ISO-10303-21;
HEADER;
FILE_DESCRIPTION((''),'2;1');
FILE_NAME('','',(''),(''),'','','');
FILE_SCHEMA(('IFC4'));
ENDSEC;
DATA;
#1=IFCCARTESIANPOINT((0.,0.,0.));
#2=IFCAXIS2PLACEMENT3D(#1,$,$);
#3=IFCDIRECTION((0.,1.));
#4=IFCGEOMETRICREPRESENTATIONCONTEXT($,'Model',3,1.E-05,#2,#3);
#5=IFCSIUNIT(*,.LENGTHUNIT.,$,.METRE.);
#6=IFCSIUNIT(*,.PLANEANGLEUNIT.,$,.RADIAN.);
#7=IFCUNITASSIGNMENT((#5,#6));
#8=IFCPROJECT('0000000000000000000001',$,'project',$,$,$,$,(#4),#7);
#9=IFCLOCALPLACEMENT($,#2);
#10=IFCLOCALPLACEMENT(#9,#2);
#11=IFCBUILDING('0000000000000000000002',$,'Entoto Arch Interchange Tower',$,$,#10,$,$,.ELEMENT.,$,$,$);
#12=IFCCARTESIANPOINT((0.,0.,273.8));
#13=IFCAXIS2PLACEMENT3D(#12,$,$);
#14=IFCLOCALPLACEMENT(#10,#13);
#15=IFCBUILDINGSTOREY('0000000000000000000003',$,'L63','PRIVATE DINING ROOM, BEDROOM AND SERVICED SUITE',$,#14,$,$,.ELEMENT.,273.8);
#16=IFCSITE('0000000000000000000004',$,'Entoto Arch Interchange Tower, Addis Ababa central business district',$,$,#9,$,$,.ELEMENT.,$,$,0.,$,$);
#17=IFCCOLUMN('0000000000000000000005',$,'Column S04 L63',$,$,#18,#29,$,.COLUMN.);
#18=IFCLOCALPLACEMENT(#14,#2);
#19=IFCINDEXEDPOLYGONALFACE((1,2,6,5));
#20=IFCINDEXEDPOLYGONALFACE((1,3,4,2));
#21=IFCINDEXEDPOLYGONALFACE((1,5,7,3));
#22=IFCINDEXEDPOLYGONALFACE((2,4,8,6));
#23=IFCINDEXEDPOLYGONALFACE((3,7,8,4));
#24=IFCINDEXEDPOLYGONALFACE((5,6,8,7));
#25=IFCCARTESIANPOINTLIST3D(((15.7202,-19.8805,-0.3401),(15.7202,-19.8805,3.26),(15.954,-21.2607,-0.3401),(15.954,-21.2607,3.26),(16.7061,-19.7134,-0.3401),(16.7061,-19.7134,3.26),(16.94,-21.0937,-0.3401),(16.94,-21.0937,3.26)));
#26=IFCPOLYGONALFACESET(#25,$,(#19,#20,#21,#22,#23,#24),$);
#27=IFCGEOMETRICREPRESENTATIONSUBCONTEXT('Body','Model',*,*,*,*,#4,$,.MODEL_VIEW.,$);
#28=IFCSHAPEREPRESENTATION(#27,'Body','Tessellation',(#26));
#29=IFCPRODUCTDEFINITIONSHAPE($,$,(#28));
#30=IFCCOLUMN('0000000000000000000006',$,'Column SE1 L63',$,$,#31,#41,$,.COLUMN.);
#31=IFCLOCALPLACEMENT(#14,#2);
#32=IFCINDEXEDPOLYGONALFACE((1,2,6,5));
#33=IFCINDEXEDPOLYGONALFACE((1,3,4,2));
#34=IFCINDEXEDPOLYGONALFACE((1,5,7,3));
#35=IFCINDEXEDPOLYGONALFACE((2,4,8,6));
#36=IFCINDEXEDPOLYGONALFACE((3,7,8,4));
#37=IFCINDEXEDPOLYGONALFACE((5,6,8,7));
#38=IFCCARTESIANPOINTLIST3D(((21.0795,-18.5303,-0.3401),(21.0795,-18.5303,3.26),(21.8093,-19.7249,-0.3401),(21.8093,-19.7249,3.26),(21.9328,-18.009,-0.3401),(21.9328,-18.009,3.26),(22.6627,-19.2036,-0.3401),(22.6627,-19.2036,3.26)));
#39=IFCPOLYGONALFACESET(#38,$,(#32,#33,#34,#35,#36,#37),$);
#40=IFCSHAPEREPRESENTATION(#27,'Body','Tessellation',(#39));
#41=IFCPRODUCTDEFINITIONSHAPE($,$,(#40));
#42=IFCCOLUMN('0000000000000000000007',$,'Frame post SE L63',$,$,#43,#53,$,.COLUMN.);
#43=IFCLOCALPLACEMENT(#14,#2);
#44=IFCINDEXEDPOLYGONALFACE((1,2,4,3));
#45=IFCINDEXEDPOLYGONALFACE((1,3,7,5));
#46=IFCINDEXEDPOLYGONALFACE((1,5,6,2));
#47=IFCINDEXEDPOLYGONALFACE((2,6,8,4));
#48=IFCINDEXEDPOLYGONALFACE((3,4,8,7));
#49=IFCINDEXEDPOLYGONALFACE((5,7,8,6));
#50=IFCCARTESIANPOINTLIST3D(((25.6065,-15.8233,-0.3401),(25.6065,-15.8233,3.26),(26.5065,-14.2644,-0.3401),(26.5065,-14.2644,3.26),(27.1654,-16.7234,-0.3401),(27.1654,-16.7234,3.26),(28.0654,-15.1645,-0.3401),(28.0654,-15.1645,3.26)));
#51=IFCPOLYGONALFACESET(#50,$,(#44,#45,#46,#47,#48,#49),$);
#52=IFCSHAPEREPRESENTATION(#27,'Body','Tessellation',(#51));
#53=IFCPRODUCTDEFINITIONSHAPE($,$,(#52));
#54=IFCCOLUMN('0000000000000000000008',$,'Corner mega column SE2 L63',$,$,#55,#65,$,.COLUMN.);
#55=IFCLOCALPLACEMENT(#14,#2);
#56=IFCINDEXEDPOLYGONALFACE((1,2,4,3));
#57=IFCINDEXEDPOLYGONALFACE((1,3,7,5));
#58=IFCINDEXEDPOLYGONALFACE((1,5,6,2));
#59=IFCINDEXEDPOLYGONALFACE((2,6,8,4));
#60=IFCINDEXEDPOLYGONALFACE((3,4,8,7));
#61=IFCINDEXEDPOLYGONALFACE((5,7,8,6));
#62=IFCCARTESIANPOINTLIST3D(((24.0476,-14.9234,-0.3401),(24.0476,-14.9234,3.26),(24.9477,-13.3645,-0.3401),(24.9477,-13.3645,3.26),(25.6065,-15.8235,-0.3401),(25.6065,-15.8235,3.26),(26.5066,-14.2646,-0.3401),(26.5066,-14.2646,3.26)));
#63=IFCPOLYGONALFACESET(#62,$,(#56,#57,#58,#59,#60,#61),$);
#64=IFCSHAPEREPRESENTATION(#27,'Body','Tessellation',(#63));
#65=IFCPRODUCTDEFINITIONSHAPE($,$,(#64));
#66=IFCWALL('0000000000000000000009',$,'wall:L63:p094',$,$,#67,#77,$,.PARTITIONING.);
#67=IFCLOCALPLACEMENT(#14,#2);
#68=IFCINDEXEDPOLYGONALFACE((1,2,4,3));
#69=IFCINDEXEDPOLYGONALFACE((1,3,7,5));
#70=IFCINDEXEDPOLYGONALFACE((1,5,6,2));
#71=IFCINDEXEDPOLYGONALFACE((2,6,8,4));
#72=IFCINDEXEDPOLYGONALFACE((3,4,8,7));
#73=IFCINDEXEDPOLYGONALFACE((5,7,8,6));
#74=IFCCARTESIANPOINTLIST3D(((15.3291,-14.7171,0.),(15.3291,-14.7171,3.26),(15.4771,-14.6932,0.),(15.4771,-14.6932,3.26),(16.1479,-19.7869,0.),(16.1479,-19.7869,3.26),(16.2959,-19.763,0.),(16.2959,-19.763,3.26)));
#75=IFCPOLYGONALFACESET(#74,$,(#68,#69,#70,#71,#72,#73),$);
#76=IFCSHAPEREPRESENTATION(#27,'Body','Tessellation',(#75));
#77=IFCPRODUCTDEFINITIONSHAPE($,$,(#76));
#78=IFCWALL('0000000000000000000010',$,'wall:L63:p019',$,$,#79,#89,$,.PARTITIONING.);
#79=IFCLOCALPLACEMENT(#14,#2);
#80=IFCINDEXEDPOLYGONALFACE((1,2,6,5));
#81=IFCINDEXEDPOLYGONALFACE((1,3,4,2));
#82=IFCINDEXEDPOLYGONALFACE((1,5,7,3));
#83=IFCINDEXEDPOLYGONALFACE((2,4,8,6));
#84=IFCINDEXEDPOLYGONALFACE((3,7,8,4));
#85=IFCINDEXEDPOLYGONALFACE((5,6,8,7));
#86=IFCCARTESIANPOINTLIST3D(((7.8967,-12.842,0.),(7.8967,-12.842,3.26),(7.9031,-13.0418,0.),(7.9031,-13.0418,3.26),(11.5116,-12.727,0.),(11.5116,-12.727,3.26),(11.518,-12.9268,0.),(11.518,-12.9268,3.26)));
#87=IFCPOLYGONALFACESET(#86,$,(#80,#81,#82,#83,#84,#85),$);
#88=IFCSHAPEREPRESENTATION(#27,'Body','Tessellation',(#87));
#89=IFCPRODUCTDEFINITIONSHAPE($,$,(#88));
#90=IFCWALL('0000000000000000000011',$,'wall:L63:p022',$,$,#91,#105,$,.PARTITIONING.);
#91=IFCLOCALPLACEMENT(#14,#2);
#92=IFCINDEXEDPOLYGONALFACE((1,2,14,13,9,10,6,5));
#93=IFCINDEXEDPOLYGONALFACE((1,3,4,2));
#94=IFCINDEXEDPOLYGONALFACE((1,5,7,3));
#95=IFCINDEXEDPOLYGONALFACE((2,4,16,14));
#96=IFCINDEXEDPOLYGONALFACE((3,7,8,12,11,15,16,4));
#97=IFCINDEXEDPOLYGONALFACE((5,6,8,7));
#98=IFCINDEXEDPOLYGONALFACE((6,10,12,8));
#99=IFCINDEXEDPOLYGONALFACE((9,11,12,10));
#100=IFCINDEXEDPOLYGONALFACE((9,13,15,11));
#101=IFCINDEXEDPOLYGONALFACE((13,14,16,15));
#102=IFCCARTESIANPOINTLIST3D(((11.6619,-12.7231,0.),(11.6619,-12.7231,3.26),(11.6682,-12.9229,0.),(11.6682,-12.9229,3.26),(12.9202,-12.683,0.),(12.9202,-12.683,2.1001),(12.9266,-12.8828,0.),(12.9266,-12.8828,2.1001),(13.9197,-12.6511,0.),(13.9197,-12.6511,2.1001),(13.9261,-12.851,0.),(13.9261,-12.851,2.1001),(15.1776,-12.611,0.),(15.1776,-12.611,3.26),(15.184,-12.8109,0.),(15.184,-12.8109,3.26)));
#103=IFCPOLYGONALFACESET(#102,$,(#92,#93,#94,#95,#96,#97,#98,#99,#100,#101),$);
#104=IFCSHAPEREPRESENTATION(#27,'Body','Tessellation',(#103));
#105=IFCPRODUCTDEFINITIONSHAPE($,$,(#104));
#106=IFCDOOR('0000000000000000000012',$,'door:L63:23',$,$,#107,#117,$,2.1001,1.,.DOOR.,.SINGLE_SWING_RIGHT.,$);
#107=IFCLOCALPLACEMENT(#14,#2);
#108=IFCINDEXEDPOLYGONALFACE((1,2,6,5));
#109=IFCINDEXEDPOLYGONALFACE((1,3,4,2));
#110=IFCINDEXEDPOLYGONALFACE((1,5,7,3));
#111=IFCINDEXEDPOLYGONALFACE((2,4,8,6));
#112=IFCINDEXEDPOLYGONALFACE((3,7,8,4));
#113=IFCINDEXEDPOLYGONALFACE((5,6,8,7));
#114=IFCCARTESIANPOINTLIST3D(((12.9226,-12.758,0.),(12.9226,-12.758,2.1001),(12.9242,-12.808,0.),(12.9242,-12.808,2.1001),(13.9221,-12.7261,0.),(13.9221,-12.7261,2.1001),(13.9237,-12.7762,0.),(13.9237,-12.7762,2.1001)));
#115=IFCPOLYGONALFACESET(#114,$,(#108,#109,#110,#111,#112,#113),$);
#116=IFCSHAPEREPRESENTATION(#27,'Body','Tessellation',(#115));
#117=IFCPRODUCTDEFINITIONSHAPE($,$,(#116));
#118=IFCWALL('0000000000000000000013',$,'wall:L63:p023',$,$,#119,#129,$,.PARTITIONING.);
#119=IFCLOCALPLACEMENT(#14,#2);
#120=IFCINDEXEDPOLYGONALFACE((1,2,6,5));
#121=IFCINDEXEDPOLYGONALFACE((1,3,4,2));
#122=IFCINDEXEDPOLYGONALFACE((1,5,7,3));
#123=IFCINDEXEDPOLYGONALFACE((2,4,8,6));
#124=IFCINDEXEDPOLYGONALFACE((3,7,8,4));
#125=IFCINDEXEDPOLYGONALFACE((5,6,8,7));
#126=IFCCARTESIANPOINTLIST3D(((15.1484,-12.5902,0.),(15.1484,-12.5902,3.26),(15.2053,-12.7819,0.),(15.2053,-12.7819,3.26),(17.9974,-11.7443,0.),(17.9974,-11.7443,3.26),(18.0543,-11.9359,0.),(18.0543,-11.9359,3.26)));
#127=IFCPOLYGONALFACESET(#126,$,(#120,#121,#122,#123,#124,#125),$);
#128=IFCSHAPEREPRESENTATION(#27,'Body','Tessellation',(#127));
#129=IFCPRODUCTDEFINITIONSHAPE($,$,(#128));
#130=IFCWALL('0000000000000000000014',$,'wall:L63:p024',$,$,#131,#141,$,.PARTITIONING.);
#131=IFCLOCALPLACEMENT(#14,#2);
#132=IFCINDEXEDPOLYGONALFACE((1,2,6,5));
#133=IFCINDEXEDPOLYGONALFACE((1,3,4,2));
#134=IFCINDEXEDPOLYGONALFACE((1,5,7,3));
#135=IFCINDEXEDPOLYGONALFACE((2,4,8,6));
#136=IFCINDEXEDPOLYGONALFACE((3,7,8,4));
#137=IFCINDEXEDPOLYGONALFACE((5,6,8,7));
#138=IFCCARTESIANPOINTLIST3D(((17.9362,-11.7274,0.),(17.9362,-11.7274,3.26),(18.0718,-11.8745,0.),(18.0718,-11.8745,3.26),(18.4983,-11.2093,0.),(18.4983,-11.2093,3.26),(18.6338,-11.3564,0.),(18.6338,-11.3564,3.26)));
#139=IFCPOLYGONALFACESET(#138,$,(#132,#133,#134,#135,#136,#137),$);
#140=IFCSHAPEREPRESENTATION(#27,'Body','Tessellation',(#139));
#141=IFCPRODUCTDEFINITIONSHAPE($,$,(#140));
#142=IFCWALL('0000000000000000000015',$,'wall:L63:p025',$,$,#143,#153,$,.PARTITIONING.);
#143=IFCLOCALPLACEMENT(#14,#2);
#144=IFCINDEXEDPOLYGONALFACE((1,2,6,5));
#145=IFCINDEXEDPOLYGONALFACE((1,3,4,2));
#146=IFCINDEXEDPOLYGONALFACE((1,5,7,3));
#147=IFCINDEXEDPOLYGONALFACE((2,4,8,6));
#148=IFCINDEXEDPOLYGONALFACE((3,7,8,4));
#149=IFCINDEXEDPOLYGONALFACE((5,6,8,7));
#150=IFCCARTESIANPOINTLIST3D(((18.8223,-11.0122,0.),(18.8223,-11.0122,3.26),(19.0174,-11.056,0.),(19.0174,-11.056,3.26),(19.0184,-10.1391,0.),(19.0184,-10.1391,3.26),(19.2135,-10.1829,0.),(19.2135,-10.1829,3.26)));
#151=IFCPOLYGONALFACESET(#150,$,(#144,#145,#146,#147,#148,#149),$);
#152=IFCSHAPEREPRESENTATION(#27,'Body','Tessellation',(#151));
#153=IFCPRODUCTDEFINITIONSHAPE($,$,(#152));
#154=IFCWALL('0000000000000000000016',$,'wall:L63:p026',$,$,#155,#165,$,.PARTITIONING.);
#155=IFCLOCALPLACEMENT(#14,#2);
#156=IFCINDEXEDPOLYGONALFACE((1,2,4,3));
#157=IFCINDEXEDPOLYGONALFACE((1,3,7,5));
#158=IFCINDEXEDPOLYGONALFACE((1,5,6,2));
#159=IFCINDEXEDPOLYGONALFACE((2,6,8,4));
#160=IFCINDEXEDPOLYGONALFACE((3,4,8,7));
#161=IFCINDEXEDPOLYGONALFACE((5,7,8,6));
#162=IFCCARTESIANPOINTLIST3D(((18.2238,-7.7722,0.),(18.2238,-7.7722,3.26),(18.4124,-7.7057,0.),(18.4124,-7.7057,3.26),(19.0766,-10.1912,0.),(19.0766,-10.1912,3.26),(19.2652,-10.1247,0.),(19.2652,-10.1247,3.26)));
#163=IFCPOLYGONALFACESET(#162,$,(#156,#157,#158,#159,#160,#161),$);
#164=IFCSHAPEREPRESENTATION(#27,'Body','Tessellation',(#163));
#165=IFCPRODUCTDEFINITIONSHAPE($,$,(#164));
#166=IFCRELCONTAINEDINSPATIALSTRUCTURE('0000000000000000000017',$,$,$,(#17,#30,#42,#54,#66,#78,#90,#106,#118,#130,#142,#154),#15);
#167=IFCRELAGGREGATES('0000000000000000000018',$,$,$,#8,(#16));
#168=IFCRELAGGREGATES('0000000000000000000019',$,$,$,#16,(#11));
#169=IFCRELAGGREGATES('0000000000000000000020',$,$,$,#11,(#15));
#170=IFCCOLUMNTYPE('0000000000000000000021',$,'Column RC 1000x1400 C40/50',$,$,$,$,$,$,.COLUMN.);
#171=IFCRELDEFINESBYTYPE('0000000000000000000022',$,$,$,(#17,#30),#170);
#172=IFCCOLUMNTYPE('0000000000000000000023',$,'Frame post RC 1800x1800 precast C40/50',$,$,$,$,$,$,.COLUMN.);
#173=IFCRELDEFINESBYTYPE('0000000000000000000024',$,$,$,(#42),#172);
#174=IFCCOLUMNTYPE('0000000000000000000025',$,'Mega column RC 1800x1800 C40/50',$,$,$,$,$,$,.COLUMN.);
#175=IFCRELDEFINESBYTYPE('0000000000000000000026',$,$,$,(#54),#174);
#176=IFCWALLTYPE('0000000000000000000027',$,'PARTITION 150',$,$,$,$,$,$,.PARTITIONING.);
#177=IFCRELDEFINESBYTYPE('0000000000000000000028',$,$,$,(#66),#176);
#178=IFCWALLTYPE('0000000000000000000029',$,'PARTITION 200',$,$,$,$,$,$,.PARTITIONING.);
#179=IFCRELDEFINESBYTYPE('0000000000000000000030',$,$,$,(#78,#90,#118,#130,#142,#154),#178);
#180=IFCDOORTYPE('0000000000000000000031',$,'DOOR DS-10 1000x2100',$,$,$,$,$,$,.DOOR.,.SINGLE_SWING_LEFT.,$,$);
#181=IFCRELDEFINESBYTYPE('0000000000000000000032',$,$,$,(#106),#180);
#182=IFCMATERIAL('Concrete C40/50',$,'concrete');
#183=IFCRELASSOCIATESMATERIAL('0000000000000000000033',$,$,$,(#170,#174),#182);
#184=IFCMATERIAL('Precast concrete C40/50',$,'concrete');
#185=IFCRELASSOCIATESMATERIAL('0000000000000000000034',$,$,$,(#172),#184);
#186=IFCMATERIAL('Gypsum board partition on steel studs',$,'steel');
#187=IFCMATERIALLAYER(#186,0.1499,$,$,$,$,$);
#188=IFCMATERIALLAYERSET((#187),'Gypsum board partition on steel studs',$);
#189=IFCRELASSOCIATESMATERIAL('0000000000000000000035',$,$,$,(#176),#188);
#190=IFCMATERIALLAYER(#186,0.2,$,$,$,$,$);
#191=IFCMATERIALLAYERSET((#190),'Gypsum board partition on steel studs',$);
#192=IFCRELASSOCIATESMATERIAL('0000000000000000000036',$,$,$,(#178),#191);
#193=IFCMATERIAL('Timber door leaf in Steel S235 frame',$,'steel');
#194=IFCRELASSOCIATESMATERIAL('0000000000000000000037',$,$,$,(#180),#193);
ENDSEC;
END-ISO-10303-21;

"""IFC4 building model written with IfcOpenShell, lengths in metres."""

from ifc_helpers import new_model, si_unit, direction, frame, frame_2d, origin, origin_2d, place, context, subcontext, project, spatial, rectangle, extrude, material, layer, layer_set, material_profile, profile_set, type_object, element, fill, save


model = new_model("IFC4")

# Units and contexts
model_context = context("Model", 3, precision=1e-05, world=origin(), true_north=direction((0.0, 1.0)))
body_context = subcontext(model_context, "Body", "Model", "MODEL_VIEW")
ifc_project = project(units=[si_unit("LENGTHUNIT", "METRE"), si_unit("PLANEANGLEUNIT", "RADIAN")], contexts=[model_context])

# Site, building, storey
site_placement = place(None, origin())
site = spatial("IfcSite", under=ifc_project, at=site_placement, Name="Entoto Arch Interchange Tower, Addis Ababa central business district", CompositionType="ELEMENT", RefElevation=0.0)
building_placement = place(site_placement, origin())
building = spatial("IfcBuilding", under=site, at=building_placement, Name="Entoto Arch Interchange Tower", CompositionType="ELEMENT")
storey_placement = place(building_placement, frame((0.0, 0.0, 273.8)))
storey = spatial("IfcBuildingStorey", under=building, at=storey_placement, Name="L63", Description="PRIVATE DINING ROOM, BEDROOM AND SERVICED SUITE", CompositionType="ELEMENT", Elevation=273.8)

# Columns
ifc_material_1 = material(Name="Concrete C40/50", Category="concrete")
ifc_material_profile_1 = material_profile(ifc_material_1, rectangle(XDim=1.0, YDim=1.3999, at=origin_2d()))
ifc_profile_set_1 = profile_set([ifc_material_profile_1], Name="Concrete C40/50")
column_type_1 = type_object("IfcColumnType", Name="Column RC 1000x1400 C40/50", PredefinedType="COLUMN", material=ifc_profile_set_1)
for number, where, z_axis, x_axis, name in (
    (1, (16.3301, -20.4871, -0.3401), (0.0, 0.0, 1.0), (0.985952, 0.167027, 0.0), "Column S04 L63"),
    (2, (21.8711, -18.8669, -0.3401), (0.0, 0.0, 1.0), (0.853342, 0.521352, 0.0), "Column SE1 L63"),
):
    element("IfcColumn", number, at=place(storey_placement, frame(where, z_axis=z_axis, x_axis=x_axis)), inside=storey, type_object=column_type_1, Name=name, PredefinedType="COLUMN", context=body_context, shape_type="SweptSolid", body=[
        extrude(rectangle(XDim=1.0, YDim=1.3999, at=origin_2d()), origin(), (0.0, 0.0, 1.0), 3.6001),
    ])
ifc_material_2 = material(Name="Precast concrete C40/50", Category="concrete")
ifc_material_profile_2 = material_profile(ifc_material_2, rectangle(XDim=1.8, YDim=1.8, at=origin_2d()))
ifc_profile_set_2 = profile_set([ifc_material_profile_2], Name="Precast concrete C40/50")
column_type_2 = type_object("IfcColumnType", Name="Frame post RC 1800x1800 precast C40/50", PredefinedType="COLUMN", material=ifc_profile_set_2)
column_1_placement = place(storey_placement, frame((26.8359, -15.4939, -0.3401), z_axis=(0.0, 0.0, 1.0), x_axis=(-0.866025, 0.5, 0.0)))
element("IfcColumn", 3, at=column_1_placement, inside=storey, type_object=column_type_2, Name="Frame post SE L63", PredefinedType="COLUMN", context=body_context, shape_type="SweptSolid", body=[
    extrude(rectangle(XDim=1.8, YDim=1.8, at=origin_2d()), origin(), (0.0, 0.0, 1.0), 3.6001),
])
ifc_material_profile_3 = material_profile(ifc_material_1, rectangle(XDim=1.8, YDim=1.8, at=origin_2d()))
ifc_profile_set_3 = profile_set([ifc_material_profile_3], Name="Concrete C40/50")
column_type_3 = type_object("IfcColumnType", Name="Mega column RC 1800x1800 C40/50", PredefinedType="COLUMN", material=ifc_profile_set_3)
column_2_placement = place(storey_placement, frame((25.2771, -14.594, -0.3401), z_axis=(0.0, 0.0, 1.0), x_axis=(-0.866025, 0.5, 0.0)))
element("IfcColumn", 4, at=column_2_placement, inside=storey, type_object=column_type_3, Name="Corner mega column SE2 L63", PredefinedType="COLUMN", context=body_context, shape_type="SweptSolid", body=[
    extrude(rectangle(XDim=1.8, YDim=1.8, at=origin_2d()), origin(), (0.0, 0.0, 1.0), 3.6001),
])

# Walls
ifc_material_3 = material(Name="Gypsum board partition on steel studs", Category="steel")
ifc_layer_1 = layer(ifc_material_3, 0.1499)
ifc_layer_set_1 = layer_set([ifc_layer_1], Name="Gypsum board partition on steel studs")
wall_type_1 = type_object("IfcWallType", Name="PARTITION 150", PredefinedType="PARTITIONING", material=ifc_layer_set_1)
wall_1_placement = place(storey_placement, frame((15.4031, -14.7051, 0.0), z_axis=(0.0, 0.0, 1.0), x_axis=(0.159448, -0.987206, 0.0)))
element("IfcWall", 5, at=wall_1_placement, inside=storey, type_object=wall_type_1, Name="wall:L63:p094", PredefinedType="PARTITIONING", context=body_context, shape_type="SweptSolid", body=[
    extrude(rectangle(XDim=5.1355, YDim=0.1499, at=frame_2d((2.5679, 0.0))), origin(), (0.0, 0.0, 1.0), 3.26),
])
ifc_layer_2 = layer(ifc_material_3, 0.2)
ifc_layer_set_2 = layer_set([ifc_layer_2], Name="Gypsum board partition on steel studs")
wall_type_2 = type_object("IfcWallType", Name="PARTITION 200", PredefinedType="PARTITIONING", material=ifc_layer_set_2)
wall_2_placement = place(storey_placement, frame((7.8999, -12.9419, 0.0), z_axis=(0.0, 0.0, 1.0), x_axis=(0.999494, 0.031793, 0.0)))
element("IfcWall", 6, at=wall_2_placement, inside=storey, type_object=wall_type_2, Name="wall:L63:p019", PredefinedType="PARTITIONING", context=body_context, shape_type="SweptSolid", body=[
    extrude(rectangle(XDim=3.6167, YDim=0.2, at=frame_2d((1.8083, 0.0))), origin(), (0.0, 0.0, 1.0), 3.26),
])

# Wall, opening, door
wall_3_placement = place(storey_placement, frame((11.665, -12.823, 0.0), z_axis=(0.0, 0.0, 1.0), x_axis=(0.999492, 0.031857, 0.0)))
wall_3 = element("IfcWall", 7, at=wall_3_placement, inside=storey, type_object=wall_type_2, Name="wall:L63:p022", PredefinedType="PARTITIONING", context=body_context, shape_type="SweptSolid", body=[
    extrude(rectangle(XDim=3.5176, YDim=0.2, at=frame_2d((1.7588, 0.0))), origin(), (0.0, 0.0, 1.0), 3.26),
])
opening_1_placement = place(wall_3_placement, frame((1.259, 0.0, 0.0)))
opening_1 = element("IfcOpeningElement", 8, at=opening_1_placement, cuts=wall_3, PredefinedType="OPENING", context=body_context, shape_type="SweptSolid", body=[
    extrude(rectangle(XDim=1.0, YDim=2.1001, at=frame_2d((0.5, 1.05))), frame((0.0, 0.1099, 0.0), z_axis=(0.0, -1.0, 0.0), x_axis=(1.0, 0.0, 0.0)), (0.0, 0.0, 1.0), 0.22),
])
ifc_material_4 = material(Name="Timber door leaf in Steel S235 frame", Category="steel")
door_type_1 = type_object("IfcDoorType", Name="DOOR DS-10 1000x2100", OperationType="SINGLE_SWING_LEFT", PredefinedType="DOOR", material=ifc_material_4)
door_1_placement = place(opening_1_placement, origin())
door_1 = element("IfcDoor", 9, at=door_1_placement, inside=storey, type_object=door_type_1, Name="door:L63:23", OperationType="SINGLE_SWING_RIGHT", OverallHeight=2.1001, OverallWidth=1.0, PredefinedType="DOOR", context=body_context, shape_type="SweptSolid", body=[
    extrude(rectangle(XDim=1.0, YDim=2.1001, at=frame_2d((0.5, 1.05))), frame((0.0, 0.0249, 0.0), z_axis=(0.0, -1.0, 0.0), x_axis=(1.0, 0.0, 0.0)), (0.0, 0.0, 1.0), 0.05),
])
fill(opening_1, door_1)

# Walls
wall_4_placement = place(storey_placement, frame((15.177, -12.686, 0.0), z_axis=(0.0, 0.0, 1.0), x_axis=(0.95863, 0.284656, 0.0)))
element("IfcWall", 10, at=wall_4_placement, inside=storey, type_object=wall_type_2, Name="wall:L63:p023", PredefinedType="PARTITIONING", context=body_context, shape_type="SweptSolid", body=[
    extrude(rectangle(XDim=2.9719, YDim=0.2, at=frame_2d((1.4858, 0.0))), origin(), (0.0, 0.0, 1.0), 3.26),
])
wall_5_placement = place(storey_placement, frame((18.0039, -11.801, 0.0), z_axis=(0.0, 0.0, 1.0), x_axis=(0.735269, 0.677776, 0.0)))
element("IfcWall", 11, at=wall_5_placement, inside=storey, type_object=wall_type_2, Name="wall:L63:p024", PredefinedType="PARTITIONING", context=body_context, shape_type="SweptSolid", body=[
    extrude(rectangle(XDim=0.7644, YDim=0.2, at=frame_2d((0.3823, 0.0))), origin(), (0.0, 0.0, 1.0), 3.26),
])
wall_6_placement = place(storey_placement, frame((18.9199, -11.0339, 0.0), z_axis=(0.0, 0.0, 1.0), x_axis=(0.219097, 0.975703, 0.0)))
element("IfcWall", 12, at=wall_6_placement, inside=storey, type_object=wall_type_2, Name="wall:L63:p025", PredefinedType="PARTITIONING", context=body_context, shape_type="SweptSolid", body=[
    extrude(rectangle(XDim=0.8948, YDim=0.2, at=frame_2d((0.4473, 0.0))), origin(), (0.0, 0.0, 1.0), 3.26),
])
wall_7_placement = place(storey_placement, frame((19.1709, -10.158, 0.0), z_axis=(0.0, 0.0, 1.0), x_axis=(-0.332487, 0.943108, 0.0)))
element("IfcWall", 13, at=wall_7_placement, inside=storey, type_object=wall_type_2, Name="wall:L63:p026", PredefinedType="PARTITIONING", context=body_context, shape_type="SweptSolid", body=[
    extrude(rectangle(XDim=2.5649, YDim=0.2, at=frame_2d((1.2825, 0.0))), origin(), (0.0, 0.0, 1.0), 3.26),
])

save(model, "model.ifc")
